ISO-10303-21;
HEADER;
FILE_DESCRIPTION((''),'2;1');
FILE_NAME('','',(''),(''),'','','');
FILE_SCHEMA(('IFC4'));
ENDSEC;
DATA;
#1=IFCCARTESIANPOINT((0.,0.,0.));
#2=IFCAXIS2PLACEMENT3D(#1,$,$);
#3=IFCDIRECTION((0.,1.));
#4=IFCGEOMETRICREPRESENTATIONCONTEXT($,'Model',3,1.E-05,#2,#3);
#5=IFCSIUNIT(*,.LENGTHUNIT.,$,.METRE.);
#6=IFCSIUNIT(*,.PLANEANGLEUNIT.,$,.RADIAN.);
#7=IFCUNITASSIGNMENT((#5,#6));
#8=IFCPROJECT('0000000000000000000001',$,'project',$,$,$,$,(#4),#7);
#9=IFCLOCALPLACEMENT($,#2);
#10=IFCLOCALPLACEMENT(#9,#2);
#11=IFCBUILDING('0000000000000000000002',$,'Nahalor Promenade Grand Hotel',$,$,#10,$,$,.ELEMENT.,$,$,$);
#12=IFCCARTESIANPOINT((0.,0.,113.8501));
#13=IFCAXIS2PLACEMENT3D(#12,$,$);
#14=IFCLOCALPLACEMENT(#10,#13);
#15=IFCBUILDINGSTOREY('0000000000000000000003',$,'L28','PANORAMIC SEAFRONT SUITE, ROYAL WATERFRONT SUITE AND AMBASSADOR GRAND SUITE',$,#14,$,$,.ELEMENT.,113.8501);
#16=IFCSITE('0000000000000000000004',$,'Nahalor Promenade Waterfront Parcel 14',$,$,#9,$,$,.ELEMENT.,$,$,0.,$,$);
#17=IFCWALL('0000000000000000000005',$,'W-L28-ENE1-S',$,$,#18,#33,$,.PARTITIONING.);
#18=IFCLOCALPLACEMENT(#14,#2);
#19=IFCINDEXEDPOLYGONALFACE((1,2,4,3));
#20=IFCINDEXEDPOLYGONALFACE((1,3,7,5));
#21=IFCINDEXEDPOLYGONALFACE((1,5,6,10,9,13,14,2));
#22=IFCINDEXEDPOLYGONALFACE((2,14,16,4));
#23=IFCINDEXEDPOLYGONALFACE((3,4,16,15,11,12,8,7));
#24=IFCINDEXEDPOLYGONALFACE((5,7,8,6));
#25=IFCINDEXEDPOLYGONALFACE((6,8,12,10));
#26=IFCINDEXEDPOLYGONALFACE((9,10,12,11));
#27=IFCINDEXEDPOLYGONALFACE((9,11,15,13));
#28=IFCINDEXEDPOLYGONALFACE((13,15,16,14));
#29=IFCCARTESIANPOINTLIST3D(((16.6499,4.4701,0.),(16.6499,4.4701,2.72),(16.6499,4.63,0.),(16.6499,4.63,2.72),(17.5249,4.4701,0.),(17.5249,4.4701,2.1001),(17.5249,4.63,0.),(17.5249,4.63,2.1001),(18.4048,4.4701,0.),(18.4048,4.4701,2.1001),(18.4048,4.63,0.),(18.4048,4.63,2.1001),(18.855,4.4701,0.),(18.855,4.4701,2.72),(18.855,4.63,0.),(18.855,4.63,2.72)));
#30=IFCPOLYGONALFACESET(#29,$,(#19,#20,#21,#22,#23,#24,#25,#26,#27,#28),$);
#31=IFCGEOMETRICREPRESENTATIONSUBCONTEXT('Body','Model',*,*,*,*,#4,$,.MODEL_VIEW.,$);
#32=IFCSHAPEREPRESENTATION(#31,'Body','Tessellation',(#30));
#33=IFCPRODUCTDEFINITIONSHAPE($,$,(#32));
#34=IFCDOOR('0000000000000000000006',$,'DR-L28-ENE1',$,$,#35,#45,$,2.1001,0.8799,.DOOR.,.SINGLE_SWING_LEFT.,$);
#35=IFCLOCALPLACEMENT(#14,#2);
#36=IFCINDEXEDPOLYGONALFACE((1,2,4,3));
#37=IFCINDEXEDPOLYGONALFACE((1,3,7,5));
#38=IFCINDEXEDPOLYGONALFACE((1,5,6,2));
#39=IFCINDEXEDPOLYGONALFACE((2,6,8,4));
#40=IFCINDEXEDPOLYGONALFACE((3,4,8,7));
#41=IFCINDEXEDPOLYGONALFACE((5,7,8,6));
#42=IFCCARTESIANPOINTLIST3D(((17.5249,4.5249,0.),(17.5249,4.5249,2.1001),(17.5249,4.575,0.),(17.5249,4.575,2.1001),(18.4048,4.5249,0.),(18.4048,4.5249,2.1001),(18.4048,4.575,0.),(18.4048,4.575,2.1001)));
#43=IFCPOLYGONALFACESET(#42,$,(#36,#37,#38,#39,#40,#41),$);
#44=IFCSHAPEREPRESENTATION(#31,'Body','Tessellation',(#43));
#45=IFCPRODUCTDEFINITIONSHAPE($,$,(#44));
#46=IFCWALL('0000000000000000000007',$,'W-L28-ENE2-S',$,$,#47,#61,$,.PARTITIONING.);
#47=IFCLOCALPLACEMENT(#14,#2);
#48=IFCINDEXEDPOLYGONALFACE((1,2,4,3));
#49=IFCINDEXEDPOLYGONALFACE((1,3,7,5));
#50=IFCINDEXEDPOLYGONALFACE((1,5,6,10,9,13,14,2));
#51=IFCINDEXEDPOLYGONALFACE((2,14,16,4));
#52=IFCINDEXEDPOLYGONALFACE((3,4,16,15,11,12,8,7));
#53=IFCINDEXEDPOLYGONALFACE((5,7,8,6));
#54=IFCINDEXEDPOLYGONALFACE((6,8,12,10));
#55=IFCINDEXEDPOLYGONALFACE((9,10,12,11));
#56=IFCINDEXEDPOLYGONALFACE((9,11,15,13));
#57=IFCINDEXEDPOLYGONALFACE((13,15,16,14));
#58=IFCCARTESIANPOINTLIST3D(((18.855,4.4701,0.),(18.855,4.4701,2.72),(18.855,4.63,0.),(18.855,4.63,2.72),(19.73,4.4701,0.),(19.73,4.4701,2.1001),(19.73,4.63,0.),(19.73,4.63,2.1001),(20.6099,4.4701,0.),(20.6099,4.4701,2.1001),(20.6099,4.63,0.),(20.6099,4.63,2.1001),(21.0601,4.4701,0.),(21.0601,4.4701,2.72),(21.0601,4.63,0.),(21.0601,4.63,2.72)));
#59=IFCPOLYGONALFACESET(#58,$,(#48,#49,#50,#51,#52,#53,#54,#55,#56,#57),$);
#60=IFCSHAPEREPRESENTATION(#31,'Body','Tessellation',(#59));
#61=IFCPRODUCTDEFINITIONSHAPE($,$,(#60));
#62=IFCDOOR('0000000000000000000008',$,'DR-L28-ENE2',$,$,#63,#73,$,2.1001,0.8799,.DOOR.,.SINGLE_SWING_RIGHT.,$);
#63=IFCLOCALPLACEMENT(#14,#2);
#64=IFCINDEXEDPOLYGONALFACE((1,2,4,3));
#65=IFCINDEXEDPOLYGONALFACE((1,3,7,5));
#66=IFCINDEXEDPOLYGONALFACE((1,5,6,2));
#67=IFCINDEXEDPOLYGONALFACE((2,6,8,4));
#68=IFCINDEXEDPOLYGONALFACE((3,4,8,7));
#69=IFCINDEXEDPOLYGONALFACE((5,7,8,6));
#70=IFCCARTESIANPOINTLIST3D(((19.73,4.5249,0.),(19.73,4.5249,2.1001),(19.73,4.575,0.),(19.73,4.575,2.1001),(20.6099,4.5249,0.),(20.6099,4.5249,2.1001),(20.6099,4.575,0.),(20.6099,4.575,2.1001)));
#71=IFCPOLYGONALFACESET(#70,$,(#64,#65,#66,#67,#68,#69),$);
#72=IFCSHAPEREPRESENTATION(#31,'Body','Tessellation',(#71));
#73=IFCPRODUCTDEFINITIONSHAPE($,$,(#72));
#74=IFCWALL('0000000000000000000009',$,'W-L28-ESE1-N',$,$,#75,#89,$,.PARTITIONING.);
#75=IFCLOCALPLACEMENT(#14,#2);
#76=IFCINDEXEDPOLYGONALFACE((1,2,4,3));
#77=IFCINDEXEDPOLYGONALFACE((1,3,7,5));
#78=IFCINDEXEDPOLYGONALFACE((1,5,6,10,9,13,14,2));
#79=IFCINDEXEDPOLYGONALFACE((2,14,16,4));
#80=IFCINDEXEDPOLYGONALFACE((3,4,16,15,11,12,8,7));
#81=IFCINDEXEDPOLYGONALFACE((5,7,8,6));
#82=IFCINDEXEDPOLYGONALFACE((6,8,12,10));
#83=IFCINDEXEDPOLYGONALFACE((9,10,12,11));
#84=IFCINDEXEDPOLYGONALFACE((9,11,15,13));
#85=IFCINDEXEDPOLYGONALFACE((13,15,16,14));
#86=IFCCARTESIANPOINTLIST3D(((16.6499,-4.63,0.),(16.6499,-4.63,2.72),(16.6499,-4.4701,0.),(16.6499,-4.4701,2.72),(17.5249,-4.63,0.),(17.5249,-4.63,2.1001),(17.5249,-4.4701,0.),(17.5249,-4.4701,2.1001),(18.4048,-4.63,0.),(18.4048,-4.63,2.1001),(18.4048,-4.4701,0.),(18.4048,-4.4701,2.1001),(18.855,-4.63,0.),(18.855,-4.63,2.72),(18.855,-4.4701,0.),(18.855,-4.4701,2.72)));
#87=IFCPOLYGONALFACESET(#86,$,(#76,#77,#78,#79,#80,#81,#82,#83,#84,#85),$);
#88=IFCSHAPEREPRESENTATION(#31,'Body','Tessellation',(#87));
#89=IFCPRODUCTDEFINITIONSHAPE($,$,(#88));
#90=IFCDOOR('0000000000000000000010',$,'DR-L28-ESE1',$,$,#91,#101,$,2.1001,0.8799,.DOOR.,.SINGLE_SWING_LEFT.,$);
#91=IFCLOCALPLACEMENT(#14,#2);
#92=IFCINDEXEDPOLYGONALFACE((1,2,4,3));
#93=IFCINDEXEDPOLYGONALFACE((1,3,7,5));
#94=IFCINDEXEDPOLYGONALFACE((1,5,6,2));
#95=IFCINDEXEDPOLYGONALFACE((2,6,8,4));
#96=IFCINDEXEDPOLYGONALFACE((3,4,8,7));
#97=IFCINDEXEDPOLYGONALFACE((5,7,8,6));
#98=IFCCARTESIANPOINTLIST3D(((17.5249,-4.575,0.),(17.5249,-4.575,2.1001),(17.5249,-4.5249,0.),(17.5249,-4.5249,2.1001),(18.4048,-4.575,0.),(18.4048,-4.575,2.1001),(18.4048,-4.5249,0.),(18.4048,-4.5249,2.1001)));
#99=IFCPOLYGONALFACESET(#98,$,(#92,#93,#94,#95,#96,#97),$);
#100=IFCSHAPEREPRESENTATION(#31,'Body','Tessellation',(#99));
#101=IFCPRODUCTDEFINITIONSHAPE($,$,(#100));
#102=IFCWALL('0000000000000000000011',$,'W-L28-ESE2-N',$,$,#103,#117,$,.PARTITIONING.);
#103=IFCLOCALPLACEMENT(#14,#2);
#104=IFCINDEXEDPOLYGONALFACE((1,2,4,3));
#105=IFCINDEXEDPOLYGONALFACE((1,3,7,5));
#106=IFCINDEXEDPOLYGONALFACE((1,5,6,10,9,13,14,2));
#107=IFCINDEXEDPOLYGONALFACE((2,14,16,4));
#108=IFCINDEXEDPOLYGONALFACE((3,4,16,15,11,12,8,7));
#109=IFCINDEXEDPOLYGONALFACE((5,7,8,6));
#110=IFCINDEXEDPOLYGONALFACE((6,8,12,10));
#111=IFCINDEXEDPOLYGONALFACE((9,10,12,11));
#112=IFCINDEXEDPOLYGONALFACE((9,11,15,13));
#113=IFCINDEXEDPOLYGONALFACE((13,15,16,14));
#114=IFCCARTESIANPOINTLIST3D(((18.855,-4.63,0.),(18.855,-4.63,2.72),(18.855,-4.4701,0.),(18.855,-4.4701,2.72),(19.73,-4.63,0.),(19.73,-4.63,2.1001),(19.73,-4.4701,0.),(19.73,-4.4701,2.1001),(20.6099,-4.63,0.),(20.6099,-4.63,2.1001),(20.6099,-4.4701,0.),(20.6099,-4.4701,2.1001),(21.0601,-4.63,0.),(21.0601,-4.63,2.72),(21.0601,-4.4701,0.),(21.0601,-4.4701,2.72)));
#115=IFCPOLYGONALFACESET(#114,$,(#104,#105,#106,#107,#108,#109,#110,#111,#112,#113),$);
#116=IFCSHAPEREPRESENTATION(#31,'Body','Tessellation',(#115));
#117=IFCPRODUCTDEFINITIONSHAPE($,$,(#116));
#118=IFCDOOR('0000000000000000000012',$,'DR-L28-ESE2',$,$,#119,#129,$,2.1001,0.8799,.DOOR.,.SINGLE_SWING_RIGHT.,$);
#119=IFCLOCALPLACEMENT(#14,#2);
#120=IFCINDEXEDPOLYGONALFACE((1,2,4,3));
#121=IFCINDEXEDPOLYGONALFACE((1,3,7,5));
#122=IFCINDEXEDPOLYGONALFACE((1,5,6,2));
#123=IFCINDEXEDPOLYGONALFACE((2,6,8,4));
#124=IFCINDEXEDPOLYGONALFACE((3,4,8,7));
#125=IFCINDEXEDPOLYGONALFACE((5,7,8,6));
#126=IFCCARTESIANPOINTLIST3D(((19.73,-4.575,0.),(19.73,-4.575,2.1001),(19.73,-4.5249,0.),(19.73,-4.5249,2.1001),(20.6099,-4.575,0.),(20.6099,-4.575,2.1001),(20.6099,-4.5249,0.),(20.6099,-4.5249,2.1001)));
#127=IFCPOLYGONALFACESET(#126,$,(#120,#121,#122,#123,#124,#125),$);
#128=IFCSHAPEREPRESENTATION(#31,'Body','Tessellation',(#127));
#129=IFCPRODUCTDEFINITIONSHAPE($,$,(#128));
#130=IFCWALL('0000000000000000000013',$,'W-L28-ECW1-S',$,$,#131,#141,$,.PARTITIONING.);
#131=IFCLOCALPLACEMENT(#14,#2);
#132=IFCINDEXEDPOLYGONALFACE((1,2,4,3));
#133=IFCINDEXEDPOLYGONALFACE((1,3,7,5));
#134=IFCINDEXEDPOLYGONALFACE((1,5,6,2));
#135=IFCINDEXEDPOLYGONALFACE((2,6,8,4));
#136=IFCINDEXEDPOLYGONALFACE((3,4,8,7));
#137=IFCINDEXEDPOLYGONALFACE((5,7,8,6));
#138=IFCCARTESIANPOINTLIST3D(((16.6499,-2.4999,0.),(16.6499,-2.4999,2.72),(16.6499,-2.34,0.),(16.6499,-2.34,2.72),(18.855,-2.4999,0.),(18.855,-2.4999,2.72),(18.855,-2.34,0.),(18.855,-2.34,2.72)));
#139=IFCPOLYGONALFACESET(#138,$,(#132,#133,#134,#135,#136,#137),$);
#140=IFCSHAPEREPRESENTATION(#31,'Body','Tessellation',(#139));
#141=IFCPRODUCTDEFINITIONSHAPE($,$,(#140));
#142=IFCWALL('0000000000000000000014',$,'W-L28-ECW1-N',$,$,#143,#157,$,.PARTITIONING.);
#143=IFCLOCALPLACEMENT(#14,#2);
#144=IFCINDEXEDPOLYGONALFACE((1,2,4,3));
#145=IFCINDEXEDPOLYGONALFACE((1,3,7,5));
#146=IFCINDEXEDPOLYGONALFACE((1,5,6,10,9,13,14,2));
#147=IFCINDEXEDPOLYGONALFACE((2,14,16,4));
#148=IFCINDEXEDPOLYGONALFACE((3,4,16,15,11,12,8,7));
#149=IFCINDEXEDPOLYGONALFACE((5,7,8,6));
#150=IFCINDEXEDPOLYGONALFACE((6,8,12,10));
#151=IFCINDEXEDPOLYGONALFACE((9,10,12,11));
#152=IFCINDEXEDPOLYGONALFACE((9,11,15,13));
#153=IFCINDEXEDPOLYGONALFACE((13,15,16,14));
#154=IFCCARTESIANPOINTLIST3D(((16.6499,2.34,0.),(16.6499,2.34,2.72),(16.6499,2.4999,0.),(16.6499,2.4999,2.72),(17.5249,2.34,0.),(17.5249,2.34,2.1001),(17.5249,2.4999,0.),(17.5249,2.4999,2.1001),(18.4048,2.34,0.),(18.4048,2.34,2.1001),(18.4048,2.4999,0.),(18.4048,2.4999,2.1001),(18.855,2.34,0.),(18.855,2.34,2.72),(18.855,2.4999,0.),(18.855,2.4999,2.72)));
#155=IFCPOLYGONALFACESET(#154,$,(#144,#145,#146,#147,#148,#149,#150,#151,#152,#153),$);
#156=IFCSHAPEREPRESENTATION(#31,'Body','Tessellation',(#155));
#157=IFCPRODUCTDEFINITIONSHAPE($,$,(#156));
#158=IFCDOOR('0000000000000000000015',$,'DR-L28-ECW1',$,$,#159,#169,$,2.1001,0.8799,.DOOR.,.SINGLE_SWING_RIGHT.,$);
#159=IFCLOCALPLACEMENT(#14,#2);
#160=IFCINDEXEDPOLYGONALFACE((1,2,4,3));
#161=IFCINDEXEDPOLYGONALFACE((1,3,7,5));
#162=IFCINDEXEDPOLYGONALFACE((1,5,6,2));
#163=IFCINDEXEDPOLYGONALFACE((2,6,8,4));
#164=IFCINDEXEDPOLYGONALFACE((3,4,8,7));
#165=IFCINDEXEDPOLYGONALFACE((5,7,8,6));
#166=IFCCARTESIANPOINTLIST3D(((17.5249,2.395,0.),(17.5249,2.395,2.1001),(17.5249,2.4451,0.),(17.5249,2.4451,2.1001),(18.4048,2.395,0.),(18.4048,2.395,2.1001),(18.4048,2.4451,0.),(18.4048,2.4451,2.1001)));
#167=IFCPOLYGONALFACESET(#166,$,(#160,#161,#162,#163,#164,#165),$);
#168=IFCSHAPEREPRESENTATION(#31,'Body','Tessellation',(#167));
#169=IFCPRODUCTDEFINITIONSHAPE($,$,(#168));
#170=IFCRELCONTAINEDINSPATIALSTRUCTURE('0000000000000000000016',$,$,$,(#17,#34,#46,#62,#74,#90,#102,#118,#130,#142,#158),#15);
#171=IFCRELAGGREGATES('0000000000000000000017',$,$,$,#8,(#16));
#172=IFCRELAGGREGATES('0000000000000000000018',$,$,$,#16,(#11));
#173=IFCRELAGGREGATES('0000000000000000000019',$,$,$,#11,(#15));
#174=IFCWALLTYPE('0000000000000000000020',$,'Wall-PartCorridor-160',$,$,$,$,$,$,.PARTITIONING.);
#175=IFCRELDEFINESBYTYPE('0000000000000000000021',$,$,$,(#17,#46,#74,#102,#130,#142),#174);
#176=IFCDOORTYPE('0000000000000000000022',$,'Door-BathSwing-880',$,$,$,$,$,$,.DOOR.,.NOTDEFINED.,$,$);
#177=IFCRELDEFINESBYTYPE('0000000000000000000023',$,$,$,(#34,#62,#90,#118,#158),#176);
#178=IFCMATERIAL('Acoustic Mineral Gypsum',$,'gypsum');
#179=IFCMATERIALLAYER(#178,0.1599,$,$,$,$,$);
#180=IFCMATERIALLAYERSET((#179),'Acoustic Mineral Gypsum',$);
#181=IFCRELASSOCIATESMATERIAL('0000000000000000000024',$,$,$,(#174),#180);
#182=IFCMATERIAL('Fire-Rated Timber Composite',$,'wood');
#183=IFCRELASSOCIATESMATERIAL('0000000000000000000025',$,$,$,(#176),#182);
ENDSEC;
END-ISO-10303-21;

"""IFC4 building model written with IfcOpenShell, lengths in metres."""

from ifc_helpers import new_model, si_unit, direction, frame, frame_2d, origin, place, context, subcontext, project, spatial, rectangle, extrude, source, transform, mapped, material, layer, layer_set, type_object, element, fill, save


model = new_model("IFC4")

# Units and contexts
model_context = context("Model", 3, precision=1e-05, world=origin(), true_north=direction((0.0, 1.0)))
body_context = subcontext(model_context, "Body", "Model", "MODEL_VIEW")
ifc_project = project(units=[si_unit("LENGTHUNIT", "METRE"), si_unit("PLANEANGLEUNIT", "RADIAN")], contexts=[model_context])

# Site, building, storey
site_placement = place(None, origin())
site = spatial("IfcSite", under=ifc_project, at=site_placement, Name="Nahalor Promenade Waterfront Parcel 14", CompositionType="ELEMENT", RefElevation=0.0)
building_placement = place(site_placement, origin())
building = spatial("IfcBuilding", under=site, at=building_placement, Name="Nahalor Promenade Grand Hotel", CompositionType="ELEMENT")
storey_placement = place(building_placement, frame((0.0, 0.0, 113.8501)))
storey = spatial("IfcBuildingStorey", under=building, at=storey_placement, Name="L28", Description="PANORAMIC SEAFRONT SUITE, ROYAL WATERFRONT SUITE AND AMBASSADOR GRAND SUITE", CompositionType="ELEMENT", Elevation=113.8501)

# Shared definitions
ifc_material_1 = material(Name="Acoustic Mineral Gypsum", Category="gypsum")
ifc_layer_1 = layer(ifc_material_1, 0.1599)
ifc_layer_set_1 = layer_set([ifc_layer_1], Name="Acoustic Mineral Gypsum")
wall_type = type_object("IfcWallType", Name="Wall-PartCorridor-160", PredefinedType="PARTITIONING", material=ifc_layer_set_1)

# Walls, openings, doors
shared_shape_1 = source(origin(), body_context, "Body", "SweptSolid", [
    extrude(rectangle(XDim=2.2051, YDim=0.1599, at=frame_2d((1.1025, 0.0))), origin(), (0.0, 0.0, 1.0), 2.72),
])
wall_1_placement = place(storey_placement, frame((16.6499, 4.55, 0.0), z_axis=(0.0, 0.0, 1.0), x_axis=(1.0, 0.0, 0.0)))
wall_1 = element("IfcWall", 1, at=wall_1_placement, inside=storey, type_object=wall_type, Name="W-L28-ENE1-S", PredefinedType="PARTITIONING", context=body_context, shape_type="MappedRepresentation", body=[
    mapped(shared_shape_1, transform((0.0, 0.0, 0.0), scale=1.0)),
])
opening_1_placement = place(wall_1_placement, frame((0.875, 0.0, 0.0)))
opening_1 = element("IfcOpeningElement", 2, at=opening_1_placement, cuts=wall_1, PredefinedType="OPENING", context=body_context, shape_type="SweptSolid", body=[
    extrude(rectangle(XDim=0.8799, YDim=2.1001, at=frame_2d((0.4399, 1.05))), frame((0.0, 0.0898, 0.0), z_axis=(0.0, -1.0, 0.0), x_axis=(1.0, 0.0, 0.0)), (0.0, 0.0, 1.0), 0.1799),
])
ifc_material_2 = material(Name="Fire-Rated Timber Composite", Category="wood")
door_type = type_object("IfcDoorType", Name="Door-BathSwing-880", OperationType="NOTDEFINED", PredefinedType="DOOR", material=ifc_material_2)
shared_shape_2 = source(origin(), body_context, "Body", "SweptSolid", [
    extrude(rectangle(XDim=0.8799, YDim=2.1001, at=frame_2d((0.4399, 1.05))), frame((0.0, 0.0249, 0.0), z_axis=(0.0, -1.0, 0.0), x_axis=(1.0, 0.0, 0.0)), (0.0, 0.0, 1.0), 0.05),
])
door_1_placement = place(opening_1_placement, origin())
door_1 = element("IfcDoor", 3, at=door_1_placement, inside=storey, type_object=door_type, Name="DR-L28-ENE1", OperationType="SINGLE_SWING_LEFT", OverallHeight=2.1001, OverallWidth=0.8799, PredefinedType="DOOR", context=body_context, shape_type="MappedRepresentation", body=[
    mapped(shared_shape_2, transform((0.0, 0.0, 0.0), scale=1.0)),
])
fill(opening_1, door_1)
wall_2_placement = place(storey_placement, frame((18.855, 4.55, 0.0), z_axis=(0.0, 0.0, 1.0), x_axis=(1.0, 0.0, 0.0)))
wall_2 = element("IfcWall", 4, at=wall_2_placement, inside=storey, type_object=wall_type, Name="W-L28-ENE2-S", PredefinedType="PARTITIONING", context=body_context, shape_type="MappedRepresentation", body=[
    mapped(shared_shape_1, transform((0.0, 0.0, 0.0), scale=1.0)),
])
opening_2_placement = place(wall_2_placement, frame((0.875, 0.0, 0.0)))
opening_2 = element("IfcOpeningElement", 5, at=opening_2_placement, cuts=wall_2, PredefinedType="OPENING", context=body_context, shape_type="SweptSolid", body=[
    extrude(rectangle(XDim=0.8799, YDim=2.1001, at=frame_2d((0.4399, 1.05))), frame((0.0, 0.0898, 0.0), z_axis=(0.0, -1.0, 0.0), x_axis=(1.0, 0.0, 0.0)), (0.0, 0.0, 1.0), 0.1799),
])
door_2_placement = place(opening_2_placement, origin())
door_2 = element("IfcDoor", 6, at=door_2_placement, inside=storey, type_object=door_type, Name="DR-L28-ENE2", OperationType="SINGLE_SWING_RIGHT", OverallHeight=2.1001, OverallWidth=0.8799, PredefinedType="DOOR", context=body_context, shape_type="MappedRepresentation", body=[
    mapped(shared_shape_2, transform((0.0, 0.0, 0.0), scale=1.0)),
])
fill(opening_2, door_2)
wall_3_placement = place(storey_placement, frame((16.6499, -4.55, 0.0), z_axis=(0.0, 0.0, 1.0), x_axis=(1.0, 0.0, 0.0)))
wall_3 = element("IfcWall", 7, at=wall_3_placement, inside=storey, type_object=wall_type, Name="W-L28-ESE1-N", PredefinedType="PARTITIONING", context=body_context, shape_type="MappedRepresentation", body=[
    mapped(shared_shape_1, transform((0.0, 0.0, 0.0), scale=1.0)),
])
opening_3_placement = place(wall_3_placement, frame((0.875, 0.0, 0.0)))
opening_3 = element("IfcOpeningElement", 8, at=opening_3_placement, cuts=wall_3, PredefinedType="OPENING", context=body_context, shape_type="SweptSolid", body=[
    extrude(rectangle(XDim=0.8799, YDim=2.1001, at=frame_2d((0.4399, 1.05))), frame((0.0, 0.0898, 0.0), z_axis=(0.0, -1.0, 0.0), x_axis=(1.0, 0.0, 0.0)), (0.0, 0.0, 1.0), 0.1799),
])
door_3_placement = place(opening_3_placement, frame((0.8799, 0.0, 0.0), z_axis=(0.0, 0.0, 1.0), x_axis=(-1.0, 0.0, 0.0)))
door_3 = element("IfcDoor", 9, at=door_3_placement, inside=storey, type_object=door_type, Name="DR-L28-ESE1", OperationType="SINGLE_SWING_LEFT", OverallHeight=2.1001, OverallWidth=0.8799, PredefinedType="DOOR", context=body_context, shape_type="MappedRepresentation", body=[
    mapped(shared_shape_2, transform((0.0, 0.0, 0.0), scale=1.0)),
])
fill(opening_3, door_3)
wall_4_placement = place(storey_placement, frame((18.855, -4.55, 0.0), z_axis=(0.0, 0.0, 1.0), x_axis=(1.0, 0.0, 0.0)))
wall_4 = element("IfcWall", 10, at=wall_4_placement, inside=storey, type_object=wall_type, Name="W-L28-ESE2-N", PredefinedType="PARTITIONING", context=body_context, shape_type="MappedRepresentation", body=[
    mapped(shared_shape_1, transform((0.0, 0.0, 0.0), scale=1.0)),
])
opening_4_placement = place(wall_4_placement, frame((0.875, 0.0, 0.0)))
opening_4 = element("IfcOpeningElement", 11, at=opening_4_placement, cuts=wall_4, PredefinedType="OPENING", context=body_context, shape_type="SweptSolid", body=[
    extrude(rectangle(XDim=0.8799, YDim=2.1001, at=frame_2d((0.4399, 1.05))), frame((0.0, 0.0898, 0.0), z_axis=(0.0, -1.0, 0.0), x_axis=(1.0, 0.0, 0.0)), (0.0, 0.0, 1.0), 0.1799),
])
door_4_placement = place(opening_4_placement, frame((0.8799, 0.0, 0.0), z_axis=(0.0, 0.0, 1.0), x_axis=(-1.0, 0.0, 0.0)))
door_4 = element("IfcDoor", 12, at=door_4_placement, inside=storey, type_object=door_type, Name="DR-L28-ESE2", OperationType="SINGLE_SWING_RIGHT", OverallHeight=2.1001, OverallWidth=0.8799, PredefinedType="DOOR", context=body_context, shape_type="MappedRepresentation", body=[
    mapped(shared_shape_2, transform((0.0, 0.0, 0.0), scale=1.0)),
])
fill(opening_4, door_4)

# Wall
wall_5_placement = place(storey_placement, frame((16.6499, -2.4199, 0.0), z_axis=(0.0, 0.0, 1.0), x_axis=(1.0, 0.0, 0.0)))
element("IfcWall", 13, at=wall_5_placement, inside=storey, type_object=wall_type, Name="W-L28-ECW1-S", PredefinedType="PARTITIONING", context=body_context, shape_type="MappedRepresentation", body=[
    mapped(shared_shape_1, transform((0.0, 0.0, 0.0), scale=1.0)),
])

# Wall, opening, door
wall_6_placement = place(storey_placement, frame((16.6499, 2.4199, 0.0), z_axis=(0.0, 0.0, 1.0), x_axis=(1.0, 0.0, 0.0)))
wall_6 = element("IfcWall", 14, at=wall_6_placement, inside=storey, type_object=wall_type, Name="W-L28-ECW1-N", PredefinedType="PARTITIONING", context=body_context, shape_type="MappedRepresentation", body=[
    mapped(shared_shape_1, transform((0.0, 0.0, 0.0), scale=1.0)),
])
opening_5_placement = place(wall_6_placement, frame((0.875, 0.0, 0.0)))
opening_5 = element("IfcOpeningElement", 15, at=opening_5_placement, cuts=wall_6, PredefinedType="OPENING", context=body_context, shape_type="SweptSolid", body=[
    extrude(rectangle(XDim=0.8799, YDim=2.1001, at=frame_2d((0.4399, 1.05))), frame((0.0, 0.0898, 0.0), z_axis=(0.0, -1.0, 0.0), x_axis=(1.0, 0.0, 0.0)), (0.0, 0.0, 1.0), 0.1799),
])
door_5_placement = place(opening_5_placement, frame((0.8799, 0.0, 0.0), z_axis=(0.0, 0.0, 1.0), x_axis=(-1.0, 0.0, 0.0)))
door_5 = element("IfcDoor", 16, at=door_5_placement, inside=storey, type_object=door_type, Name="DR-L28-ECW1", OperationType="SINGLE_SWING_RIGHT", OverallHeight=2.1001, OverallWidth=0.8799, PredefinedType="DOOR", context=body_context, shape_type="MappedRepresentation", body=[
    mapped(shared_shape_2, transform((0.0, 0.0, 0.0), scale=1.0)),
])
fill(opening_5, door_5)

save(model, "model.ifc")
